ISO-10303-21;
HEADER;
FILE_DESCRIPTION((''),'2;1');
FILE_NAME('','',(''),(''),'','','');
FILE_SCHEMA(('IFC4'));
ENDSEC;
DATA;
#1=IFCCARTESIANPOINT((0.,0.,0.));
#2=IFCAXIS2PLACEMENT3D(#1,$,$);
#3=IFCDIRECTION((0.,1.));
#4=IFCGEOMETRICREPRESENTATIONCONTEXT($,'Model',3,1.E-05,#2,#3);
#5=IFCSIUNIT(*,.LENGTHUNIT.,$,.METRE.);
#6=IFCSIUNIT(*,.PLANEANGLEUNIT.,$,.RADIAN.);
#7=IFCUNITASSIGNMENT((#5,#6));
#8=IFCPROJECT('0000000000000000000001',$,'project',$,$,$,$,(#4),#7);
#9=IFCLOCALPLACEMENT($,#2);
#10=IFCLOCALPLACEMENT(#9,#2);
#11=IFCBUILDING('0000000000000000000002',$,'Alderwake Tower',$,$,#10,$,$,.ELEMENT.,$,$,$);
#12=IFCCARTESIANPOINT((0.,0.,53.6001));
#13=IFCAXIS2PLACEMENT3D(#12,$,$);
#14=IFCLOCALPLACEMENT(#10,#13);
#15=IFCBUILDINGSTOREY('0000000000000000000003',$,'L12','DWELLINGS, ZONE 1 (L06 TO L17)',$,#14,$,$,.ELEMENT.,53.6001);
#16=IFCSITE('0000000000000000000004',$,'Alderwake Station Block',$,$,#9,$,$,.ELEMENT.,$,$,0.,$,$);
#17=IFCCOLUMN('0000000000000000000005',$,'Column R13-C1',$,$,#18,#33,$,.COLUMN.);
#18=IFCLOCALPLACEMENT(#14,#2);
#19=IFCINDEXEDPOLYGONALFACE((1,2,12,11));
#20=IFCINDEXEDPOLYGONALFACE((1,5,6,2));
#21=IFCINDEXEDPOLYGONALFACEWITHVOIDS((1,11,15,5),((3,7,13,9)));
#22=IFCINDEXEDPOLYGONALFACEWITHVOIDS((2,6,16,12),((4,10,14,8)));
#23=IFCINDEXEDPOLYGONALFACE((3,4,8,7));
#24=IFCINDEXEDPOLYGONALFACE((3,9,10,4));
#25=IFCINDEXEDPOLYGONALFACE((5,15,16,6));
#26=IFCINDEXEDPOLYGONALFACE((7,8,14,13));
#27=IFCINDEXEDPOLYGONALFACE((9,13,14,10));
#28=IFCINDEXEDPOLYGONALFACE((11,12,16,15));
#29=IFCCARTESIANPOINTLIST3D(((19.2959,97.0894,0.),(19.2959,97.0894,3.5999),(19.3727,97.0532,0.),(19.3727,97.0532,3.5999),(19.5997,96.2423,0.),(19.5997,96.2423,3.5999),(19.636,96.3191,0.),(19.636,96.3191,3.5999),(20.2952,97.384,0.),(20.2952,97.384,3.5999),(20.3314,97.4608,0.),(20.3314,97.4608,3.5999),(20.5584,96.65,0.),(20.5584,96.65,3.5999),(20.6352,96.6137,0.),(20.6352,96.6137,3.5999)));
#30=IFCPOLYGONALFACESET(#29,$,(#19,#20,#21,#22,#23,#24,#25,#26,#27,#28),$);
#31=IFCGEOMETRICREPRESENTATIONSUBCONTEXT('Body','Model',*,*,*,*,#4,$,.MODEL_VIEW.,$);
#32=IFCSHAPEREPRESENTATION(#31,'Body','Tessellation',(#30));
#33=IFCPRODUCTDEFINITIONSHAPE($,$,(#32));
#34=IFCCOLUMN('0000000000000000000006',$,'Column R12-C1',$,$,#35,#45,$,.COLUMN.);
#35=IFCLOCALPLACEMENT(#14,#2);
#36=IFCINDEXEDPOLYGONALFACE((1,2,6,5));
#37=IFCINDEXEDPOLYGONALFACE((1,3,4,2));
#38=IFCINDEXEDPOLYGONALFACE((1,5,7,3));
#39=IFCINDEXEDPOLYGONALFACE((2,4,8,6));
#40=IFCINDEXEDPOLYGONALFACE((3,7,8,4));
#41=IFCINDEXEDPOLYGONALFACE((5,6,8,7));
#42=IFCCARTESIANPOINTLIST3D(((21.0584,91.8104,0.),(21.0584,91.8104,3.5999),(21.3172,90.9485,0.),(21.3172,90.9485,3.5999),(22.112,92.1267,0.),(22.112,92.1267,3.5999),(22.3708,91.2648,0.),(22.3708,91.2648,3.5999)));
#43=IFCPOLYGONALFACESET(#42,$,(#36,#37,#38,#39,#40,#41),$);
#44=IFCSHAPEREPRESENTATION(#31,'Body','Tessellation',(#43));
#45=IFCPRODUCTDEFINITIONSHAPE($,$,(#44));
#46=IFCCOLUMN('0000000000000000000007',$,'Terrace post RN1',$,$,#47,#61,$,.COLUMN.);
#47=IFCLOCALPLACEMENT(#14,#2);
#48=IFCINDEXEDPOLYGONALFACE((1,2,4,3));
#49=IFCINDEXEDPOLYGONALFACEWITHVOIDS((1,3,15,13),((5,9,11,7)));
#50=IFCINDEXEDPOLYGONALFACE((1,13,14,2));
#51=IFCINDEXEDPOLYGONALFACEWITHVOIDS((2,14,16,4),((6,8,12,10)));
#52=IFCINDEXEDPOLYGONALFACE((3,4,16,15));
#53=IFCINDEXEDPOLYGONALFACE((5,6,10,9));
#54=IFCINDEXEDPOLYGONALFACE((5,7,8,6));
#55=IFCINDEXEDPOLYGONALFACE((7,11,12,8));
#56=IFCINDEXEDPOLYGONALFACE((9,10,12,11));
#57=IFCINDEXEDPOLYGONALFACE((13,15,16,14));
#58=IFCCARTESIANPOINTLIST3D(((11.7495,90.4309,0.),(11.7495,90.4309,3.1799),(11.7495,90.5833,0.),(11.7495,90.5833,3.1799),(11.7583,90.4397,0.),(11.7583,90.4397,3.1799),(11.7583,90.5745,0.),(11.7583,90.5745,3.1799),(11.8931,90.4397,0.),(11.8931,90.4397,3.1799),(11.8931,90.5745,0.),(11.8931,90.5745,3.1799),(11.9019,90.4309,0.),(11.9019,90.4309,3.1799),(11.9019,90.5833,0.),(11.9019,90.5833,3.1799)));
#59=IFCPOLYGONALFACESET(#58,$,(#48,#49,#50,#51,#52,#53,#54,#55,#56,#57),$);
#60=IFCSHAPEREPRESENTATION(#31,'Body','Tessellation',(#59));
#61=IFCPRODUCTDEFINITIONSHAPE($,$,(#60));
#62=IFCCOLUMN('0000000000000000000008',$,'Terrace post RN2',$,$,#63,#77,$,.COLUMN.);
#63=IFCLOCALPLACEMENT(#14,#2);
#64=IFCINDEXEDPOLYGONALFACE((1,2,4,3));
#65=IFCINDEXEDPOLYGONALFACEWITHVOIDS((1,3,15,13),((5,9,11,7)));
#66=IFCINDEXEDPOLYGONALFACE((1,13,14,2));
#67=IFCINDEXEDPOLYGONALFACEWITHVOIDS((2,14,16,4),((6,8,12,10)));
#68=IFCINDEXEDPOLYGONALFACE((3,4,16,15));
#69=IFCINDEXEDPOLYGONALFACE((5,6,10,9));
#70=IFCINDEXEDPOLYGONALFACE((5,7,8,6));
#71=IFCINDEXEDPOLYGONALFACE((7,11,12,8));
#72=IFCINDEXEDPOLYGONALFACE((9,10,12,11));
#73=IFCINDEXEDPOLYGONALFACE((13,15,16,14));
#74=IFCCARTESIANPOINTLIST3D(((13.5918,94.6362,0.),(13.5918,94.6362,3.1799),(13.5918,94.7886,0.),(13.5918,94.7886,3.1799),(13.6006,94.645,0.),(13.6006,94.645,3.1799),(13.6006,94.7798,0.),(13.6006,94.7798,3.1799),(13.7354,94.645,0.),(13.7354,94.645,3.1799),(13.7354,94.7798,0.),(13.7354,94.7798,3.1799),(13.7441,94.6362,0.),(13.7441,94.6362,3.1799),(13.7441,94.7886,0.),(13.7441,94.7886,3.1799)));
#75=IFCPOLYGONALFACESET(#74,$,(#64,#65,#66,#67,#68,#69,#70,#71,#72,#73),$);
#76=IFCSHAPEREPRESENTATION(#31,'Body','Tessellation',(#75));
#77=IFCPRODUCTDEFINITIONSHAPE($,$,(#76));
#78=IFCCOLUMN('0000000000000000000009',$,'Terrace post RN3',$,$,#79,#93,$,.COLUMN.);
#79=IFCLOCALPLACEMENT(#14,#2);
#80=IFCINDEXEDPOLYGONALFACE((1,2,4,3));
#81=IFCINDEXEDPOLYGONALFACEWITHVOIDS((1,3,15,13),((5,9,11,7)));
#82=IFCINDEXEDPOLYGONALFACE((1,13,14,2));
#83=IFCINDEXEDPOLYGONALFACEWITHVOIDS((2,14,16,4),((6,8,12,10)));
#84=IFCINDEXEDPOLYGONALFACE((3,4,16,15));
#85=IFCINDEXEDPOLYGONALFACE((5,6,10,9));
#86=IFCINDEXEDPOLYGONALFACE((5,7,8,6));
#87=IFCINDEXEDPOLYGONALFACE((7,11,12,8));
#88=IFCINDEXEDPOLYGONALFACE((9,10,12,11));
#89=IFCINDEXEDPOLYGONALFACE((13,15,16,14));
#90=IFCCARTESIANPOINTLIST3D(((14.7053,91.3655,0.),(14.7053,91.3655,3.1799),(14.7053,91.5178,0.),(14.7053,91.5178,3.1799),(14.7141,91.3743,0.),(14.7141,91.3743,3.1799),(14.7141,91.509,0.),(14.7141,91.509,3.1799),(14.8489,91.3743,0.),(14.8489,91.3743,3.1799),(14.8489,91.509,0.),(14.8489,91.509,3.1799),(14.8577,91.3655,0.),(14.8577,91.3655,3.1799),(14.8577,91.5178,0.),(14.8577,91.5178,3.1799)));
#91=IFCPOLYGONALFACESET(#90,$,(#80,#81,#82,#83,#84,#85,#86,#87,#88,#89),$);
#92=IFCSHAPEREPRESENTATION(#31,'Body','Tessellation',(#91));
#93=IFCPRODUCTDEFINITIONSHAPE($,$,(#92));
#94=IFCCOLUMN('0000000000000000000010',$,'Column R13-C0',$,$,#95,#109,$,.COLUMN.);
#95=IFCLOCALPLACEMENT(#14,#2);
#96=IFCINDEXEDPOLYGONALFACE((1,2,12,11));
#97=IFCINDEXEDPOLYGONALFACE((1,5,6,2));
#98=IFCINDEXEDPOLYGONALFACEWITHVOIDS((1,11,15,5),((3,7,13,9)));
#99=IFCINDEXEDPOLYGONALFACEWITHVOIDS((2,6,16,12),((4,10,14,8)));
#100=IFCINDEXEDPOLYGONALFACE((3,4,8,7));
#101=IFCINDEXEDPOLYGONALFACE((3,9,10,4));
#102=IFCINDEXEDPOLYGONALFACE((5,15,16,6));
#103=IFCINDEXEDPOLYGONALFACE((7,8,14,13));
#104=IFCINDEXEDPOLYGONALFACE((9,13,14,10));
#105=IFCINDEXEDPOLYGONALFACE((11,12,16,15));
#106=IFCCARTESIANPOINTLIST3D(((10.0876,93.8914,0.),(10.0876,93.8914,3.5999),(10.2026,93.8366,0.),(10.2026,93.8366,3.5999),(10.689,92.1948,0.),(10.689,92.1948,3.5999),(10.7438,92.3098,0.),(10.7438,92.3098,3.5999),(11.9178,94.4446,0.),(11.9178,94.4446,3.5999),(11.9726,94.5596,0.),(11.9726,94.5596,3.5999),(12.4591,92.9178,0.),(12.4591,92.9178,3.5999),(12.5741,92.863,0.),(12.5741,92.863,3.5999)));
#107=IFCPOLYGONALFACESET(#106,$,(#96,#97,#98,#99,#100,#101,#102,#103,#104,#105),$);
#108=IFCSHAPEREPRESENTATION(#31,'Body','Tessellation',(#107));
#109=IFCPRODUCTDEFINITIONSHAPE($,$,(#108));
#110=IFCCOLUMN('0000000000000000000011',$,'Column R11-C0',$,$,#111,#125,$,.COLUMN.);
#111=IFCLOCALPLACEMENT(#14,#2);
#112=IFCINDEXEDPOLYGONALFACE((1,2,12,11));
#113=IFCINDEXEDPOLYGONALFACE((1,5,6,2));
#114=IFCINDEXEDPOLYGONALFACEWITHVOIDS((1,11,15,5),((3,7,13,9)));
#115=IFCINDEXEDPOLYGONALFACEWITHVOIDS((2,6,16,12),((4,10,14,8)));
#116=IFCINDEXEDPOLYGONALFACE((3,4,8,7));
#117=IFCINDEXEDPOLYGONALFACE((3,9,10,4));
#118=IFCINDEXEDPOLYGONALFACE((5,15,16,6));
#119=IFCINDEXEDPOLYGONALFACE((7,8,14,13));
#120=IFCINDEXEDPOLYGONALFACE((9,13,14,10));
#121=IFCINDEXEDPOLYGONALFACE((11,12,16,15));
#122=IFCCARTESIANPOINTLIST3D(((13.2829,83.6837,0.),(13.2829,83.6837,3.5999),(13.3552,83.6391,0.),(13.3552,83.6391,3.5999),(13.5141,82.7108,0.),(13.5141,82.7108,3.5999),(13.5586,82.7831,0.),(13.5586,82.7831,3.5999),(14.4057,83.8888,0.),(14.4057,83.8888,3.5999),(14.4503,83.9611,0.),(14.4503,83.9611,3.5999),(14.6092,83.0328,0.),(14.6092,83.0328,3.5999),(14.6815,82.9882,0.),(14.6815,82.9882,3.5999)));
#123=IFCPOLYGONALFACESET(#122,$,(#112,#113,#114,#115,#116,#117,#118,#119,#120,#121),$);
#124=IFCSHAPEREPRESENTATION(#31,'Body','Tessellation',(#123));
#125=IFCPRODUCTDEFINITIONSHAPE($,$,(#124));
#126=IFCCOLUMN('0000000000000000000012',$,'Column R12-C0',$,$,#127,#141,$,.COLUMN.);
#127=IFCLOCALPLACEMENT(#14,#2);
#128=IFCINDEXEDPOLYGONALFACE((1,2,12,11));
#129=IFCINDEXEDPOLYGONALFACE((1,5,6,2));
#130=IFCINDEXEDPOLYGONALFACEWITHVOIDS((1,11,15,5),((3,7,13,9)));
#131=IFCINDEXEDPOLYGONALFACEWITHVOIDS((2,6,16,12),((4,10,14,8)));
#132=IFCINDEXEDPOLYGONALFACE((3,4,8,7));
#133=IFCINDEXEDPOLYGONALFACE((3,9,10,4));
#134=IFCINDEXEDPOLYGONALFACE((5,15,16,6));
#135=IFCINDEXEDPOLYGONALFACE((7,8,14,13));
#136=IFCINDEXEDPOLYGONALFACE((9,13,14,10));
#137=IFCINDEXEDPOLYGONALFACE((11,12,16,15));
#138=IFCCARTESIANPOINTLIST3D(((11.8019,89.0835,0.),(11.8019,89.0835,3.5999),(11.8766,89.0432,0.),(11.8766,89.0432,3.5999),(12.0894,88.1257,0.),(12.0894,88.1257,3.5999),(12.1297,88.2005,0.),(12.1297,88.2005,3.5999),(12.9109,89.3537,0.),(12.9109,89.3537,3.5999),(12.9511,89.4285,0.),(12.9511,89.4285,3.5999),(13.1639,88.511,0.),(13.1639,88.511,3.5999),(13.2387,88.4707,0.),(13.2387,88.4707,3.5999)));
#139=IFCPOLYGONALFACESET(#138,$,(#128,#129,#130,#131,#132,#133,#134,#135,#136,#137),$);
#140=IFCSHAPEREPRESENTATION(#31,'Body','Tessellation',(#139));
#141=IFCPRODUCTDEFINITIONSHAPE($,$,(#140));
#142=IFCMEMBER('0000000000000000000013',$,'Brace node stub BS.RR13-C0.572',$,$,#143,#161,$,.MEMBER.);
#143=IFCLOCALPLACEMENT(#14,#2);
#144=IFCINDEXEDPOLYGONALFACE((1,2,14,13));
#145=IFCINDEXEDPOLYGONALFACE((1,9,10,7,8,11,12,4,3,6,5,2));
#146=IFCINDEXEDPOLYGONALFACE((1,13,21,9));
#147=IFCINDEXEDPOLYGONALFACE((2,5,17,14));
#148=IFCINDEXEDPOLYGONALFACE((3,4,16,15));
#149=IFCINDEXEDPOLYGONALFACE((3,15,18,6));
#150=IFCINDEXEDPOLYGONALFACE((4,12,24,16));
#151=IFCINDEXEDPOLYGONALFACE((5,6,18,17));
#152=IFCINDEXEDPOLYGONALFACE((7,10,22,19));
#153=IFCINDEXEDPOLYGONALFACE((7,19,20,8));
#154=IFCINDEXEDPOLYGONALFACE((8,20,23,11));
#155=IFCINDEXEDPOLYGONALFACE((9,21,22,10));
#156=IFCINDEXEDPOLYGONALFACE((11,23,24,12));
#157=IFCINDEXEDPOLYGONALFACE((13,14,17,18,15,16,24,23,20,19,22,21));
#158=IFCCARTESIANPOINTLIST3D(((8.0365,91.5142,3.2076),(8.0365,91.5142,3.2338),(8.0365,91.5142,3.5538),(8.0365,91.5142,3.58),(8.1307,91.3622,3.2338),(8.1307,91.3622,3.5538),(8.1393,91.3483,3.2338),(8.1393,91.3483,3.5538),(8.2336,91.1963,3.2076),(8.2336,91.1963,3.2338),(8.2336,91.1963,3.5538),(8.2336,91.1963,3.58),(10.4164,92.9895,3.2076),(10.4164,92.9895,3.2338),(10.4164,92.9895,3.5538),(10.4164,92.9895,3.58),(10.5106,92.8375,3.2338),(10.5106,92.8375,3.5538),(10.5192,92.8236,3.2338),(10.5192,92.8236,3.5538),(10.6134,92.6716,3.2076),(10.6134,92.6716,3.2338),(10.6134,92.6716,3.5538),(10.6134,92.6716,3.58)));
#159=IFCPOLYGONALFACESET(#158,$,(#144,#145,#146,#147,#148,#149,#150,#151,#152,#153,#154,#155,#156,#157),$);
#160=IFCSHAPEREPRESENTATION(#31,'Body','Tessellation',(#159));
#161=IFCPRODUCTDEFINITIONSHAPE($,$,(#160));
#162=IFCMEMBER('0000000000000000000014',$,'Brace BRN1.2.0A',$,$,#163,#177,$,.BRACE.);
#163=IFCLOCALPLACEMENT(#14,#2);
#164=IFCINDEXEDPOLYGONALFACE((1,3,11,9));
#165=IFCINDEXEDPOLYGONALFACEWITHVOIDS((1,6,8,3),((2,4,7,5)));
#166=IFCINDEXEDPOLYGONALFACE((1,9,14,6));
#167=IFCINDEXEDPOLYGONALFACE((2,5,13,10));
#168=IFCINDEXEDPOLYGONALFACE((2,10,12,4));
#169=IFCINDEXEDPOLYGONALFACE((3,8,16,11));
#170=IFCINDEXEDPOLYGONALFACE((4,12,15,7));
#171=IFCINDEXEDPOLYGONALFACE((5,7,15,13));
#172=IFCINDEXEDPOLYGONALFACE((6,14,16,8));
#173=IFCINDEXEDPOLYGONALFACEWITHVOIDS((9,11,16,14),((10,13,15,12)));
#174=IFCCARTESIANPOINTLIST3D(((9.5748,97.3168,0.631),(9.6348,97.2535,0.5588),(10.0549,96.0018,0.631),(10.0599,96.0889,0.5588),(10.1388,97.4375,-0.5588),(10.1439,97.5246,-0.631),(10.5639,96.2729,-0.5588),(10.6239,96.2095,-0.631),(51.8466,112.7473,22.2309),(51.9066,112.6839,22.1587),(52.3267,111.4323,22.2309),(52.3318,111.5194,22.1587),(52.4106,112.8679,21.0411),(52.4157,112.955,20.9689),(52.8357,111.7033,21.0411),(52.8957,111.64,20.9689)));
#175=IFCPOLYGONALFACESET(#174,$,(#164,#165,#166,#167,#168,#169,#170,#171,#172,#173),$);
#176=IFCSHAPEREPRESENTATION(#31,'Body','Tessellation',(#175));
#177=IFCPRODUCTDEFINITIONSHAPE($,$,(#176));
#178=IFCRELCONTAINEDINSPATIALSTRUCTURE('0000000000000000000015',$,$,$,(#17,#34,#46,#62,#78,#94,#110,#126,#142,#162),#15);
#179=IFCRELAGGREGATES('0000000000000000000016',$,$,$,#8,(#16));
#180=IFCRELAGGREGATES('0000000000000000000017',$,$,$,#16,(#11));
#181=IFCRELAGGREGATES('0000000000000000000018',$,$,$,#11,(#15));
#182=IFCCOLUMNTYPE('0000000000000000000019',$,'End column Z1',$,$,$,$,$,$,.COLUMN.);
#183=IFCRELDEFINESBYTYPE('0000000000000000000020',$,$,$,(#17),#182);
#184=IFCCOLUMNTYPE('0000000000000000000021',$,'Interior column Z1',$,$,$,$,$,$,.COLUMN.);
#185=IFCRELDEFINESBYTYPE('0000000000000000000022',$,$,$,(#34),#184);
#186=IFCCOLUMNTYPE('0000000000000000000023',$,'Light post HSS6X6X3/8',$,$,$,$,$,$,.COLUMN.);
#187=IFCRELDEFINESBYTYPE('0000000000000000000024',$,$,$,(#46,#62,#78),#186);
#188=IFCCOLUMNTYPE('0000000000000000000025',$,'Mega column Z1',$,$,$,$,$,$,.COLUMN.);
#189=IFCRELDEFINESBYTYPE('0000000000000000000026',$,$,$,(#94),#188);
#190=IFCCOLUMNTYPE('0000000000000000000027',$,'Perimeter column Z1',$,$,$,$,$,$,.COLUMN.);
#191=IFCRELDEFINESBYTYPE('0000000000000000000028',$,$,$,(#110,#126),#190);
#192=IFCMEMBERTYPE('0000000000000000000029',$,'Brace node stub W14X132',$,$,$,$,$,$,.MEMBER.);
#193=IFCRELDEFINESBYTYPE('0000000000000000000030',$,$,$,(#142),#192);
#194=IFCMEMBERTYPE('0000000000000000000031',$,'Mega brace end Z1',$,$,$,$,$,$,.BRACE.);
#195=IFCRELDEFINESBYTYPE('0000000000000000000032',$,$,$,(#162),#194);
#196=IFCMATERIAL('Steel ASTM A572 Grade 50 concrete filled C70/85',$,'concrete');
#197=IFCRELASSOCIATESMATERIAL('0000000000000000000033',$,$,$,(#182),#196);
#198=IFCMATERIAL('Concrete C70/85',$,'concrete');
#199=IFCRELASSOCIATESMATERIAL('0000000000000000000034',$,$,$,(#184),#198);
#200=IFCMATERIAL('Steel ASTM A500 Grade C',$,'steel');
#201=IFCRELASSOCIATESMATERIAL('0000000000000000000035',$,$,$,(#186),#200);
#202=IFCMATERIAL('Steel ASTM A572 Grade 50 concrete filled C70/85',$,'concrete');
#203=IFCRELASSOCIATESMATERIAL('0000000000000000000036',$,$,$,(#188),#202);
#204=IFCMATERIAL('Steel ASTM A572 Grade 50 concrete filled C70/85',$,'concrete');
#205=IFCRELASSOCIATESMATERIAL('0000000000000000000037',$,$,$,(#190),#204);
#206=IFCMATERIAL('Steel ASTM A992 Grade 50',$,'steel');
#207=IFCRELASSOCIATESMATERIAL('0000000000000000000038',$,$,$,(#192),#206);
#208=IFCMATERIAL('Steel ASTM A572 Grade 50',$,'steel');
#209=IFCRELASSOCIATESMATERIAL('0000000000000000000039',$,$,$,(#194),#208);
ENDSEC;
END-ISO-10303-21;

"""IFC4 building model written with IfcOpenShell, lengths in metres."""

from ifc_helpers import new_model, si_unit, direction, frame, origin, origin_2d, place, context, subcontext, project, spatial, rectangle, hollow_rectangle, i_section, extrude, material, material_profile, profile_set, type_object, element, save


model = new_model("IFC4")

# Units and contexts
model_context = context("Model", 3, precision=1e-05, world=origin(), true_north=direction((0.0, 1.0)))
body_context = subcontext(model_context, "Body", "Model", "MODEL_VIEW")
ifc_project = project(units=[si_unit("LENGTHUNIT", "METRE"), si_unit("PLANEANGLEUNIT", "RADIAN")], contexts=[model_context])

# Site, building, storey
site_placement = place(None, origin())
site = spatial("IfcSite", under=ifc_project, at=site_placement, Name="Alderwake Station Block", CompositionType="ELEMENT", RefElevation=0.0)
building_placement = place(site_placement, origin())
building = spatial("IfcBuilding", under=site, at=building_placement, Name="Alderwake Tower", CompositionType="ELEMENT")
storey_placement = place(building_placement, frame((0.0, 0.0, 53.6001)))
storey = spatial("IfcBuildingStorey", under=building, at=storey_placement, Name="L12", Description="DWELLINGS, ZONE 1 (L06 TO L17)", CompositionType="ELEMENT", Elevation=53.6001)

# Columns
ifc_material_1 = material(Name="Steel ASTM A572 Grade 50 concrete filled C70/85", Category="concrete")
ifc_material_profile_1 = material_profile(ifc_material_1, hollow_rectangle(XDim=0.8999, YDim=1.1001, WallThickness=0.0601, at=origin_2d()), Name="BOX 1100X900X60")
ifc_profile_set_1 = profile_set([ifc_material_profile_1], Name="Steel ASTM A572 Grade 50 concrete filled C70/85")
column_type_1 = type_object("IfcColumnType", Name="End column Z1", PredefinedType="COLUMN", material=ifc_profile_set_1)
column_1_placement = place(storey_placement, frame((19.9656, 96.8516, 0.0), z_axis=(0.0, 0.0, 1.0), x_axis=(-0.337585, 0.941295, 0.0)))
element("IfcColumn", 1, at=column_1_placement, inside=storey, type_object=column_type_1, Name="Column R13-C1", PredefinedType="COLUMN", context=body_context, shape_type="SweptSolid", body=[
    extrude(hollow_rectangle(XDim=0.8999, YDim=1.1001, WallThickness=0.0601, at=origin_2d()), origin(), (0.0, 0.0, 1.0), 3.5999),
])
ifc_material_2 = material(Name="Concrete C70/85", Category="concrete")
ifc_material_profile_2 = material_profile(ifc_material_2, rectangle(XDim=0.8999, YDim=1.1001, at=origin_2d()), Name="RC 1100X900")
ifc_profile_set_2 = profile_set([ifc_material_profile_2], Name="Concrete C70/85")
column_type_2 = type_object("IfcColumnType", Name="Interior column Z1", PredefinedType="COLUMN", material=ifc_profile_set_2)
column_2_placement = place(storey_placement, frame((21.7146, 91.5376, 0.0), z_axis=(0.0, 0.0, 1.0), x_axis=(-0.287549, 0.957766, 0.0)))
element("IfcColumn", 2, at=column_2_placement, inside=storey, type_object=column_type_2, Name="Column R12-C1", PredefinedType="COLUMN", context=body_context, shape_type="SweptSolid", body=[
    extrude(rectangle(XDim=0.8999, YDim=1.1001, at=origin_2d()), origin(), (0.0, 0.0, 1.0), 3.5999),
])
ifc_material_3 = material(Name="Steel ASTM A500 Grade C", Category="steel")
ifc_material_profile_3 = material_profile(ifc_material_3, hollow_rectangle(XDim=0.1523, YDim=0.1523, WallThickness=0.0088, at=origin_2d()), Name="HSS6X6X3/8")
ifc_profile_set_3 = profile_set([ifc_material_profile_3], Name="Steel ASTM A500 Grade C")
column_type_3 = type_object("IfcColumnType", Name="Light post HSS6X6X3/8", PredefinedType="COLUMN", material=ifc_profile_set_3)
for number, where, z_axis, x_axis, name in (
    (3, (11.8257, 90.5071, 0.0), (0.0, 0.0, 1.0), (1.0, 0.0, 0.0), "Terrace post RN1"),
    (4, (13.668, 94.7124, 0.0), (0.0, 0.0, 1.0), (1.0, 0.0, 0.0), "Terrace post RN2"),
    (5, (14.7815, 91.4417, 0.0), (0.0, 0.0, 1.0), (1.0, 0.0, 0.0), "Terrace post RN3"),
):
    element("IfcColumn", number, at=place(storey_placement, frame(where, z_axis=z_axis, x_axis=x_axis)), inside=storey, type_object=column_type_3, Name=name, PredefinedType="COLUMN", context=body_context, shape_type="SweptSolid", body=[
        extrude(hollow_rectangle(XDim=0.1523, YDim=0.1523, WallThickness=0.0088, at=origin_2d()), origin(), (0.0, 0.0, 1.0), 3.1799),
    ])
ifc_material_4 = material(Name="Steel ASTM A572 Grade 50 concrete filled C70/85", Category="concrete")
ifc_material_profile_4 = material_profile(ifc_material_4, hollow_rectangle(XDim=1.8, YDim=2.0, WallThickness=0.0901, at=origin_2d()), Name="BOX 2000X1800X90")
ifc_profile_set_4 = profile_set([ifc_material_profile_4], Name="Steel ASTM A572 Grade 50 concrete filled C70/85")
column_type_4 = type_object("IfcColumnType", Name="Mega column Z1", PredefinedType="COLUMN", material=ifc_profile_set_4)
column_3_placement = place(storey_placement, frame((11.3308, 93.3772, 0.0), z_axis=(0.0, 0.0, 1.0), x_axis=(-0.334131, 0.942527, 0.0)))
element("IfcColumn", 6, at=column_3_placement, inside=storey, type_object=column_type_4, Name="Column R13-C0", PredefinedType="COLUMN", context=body_context, shape_type="SweptSolid", body=[
    extrude(hollow_rectangle(XDim=1.8, YDim=2.0, WallThickness=0.0901, at=origin_2d()), origin(), (0.0, 0.0, 1.0), 3.5999),
])
ifc_material_5 = material(Name="Steel ASTM A572 Grade 50 concrete filled C70/85", Category="concrete")
ifc_material_profile_5 = material_profile(ifc_material_5, hollow_rectangle(XDim=1.0, YDim=1.2, WallThickness=0.0601, at=origin_2d()), Name="BOX 1200X1000X60")
ifc_profile_set_5 = profile_set([ifc_material_profile_5], Name="Steel ASTM A572 Grade 50 concrete filled C70/85")
column_type_5 = type_object("IfcColumnType", Name="Perimeter column Z1", PredefinedType="COLUMN", material=ifc_profile_set_5)
for number, where, z_axis, x_axis, name in (
    (7, (13.9822, 83.3359, 0.0), (0.0, 0.0, 1.0), (-0.231222, 0.972901, 0.0), "Column R11-C0"),
    (8, (12.5203, 88.7771, 0.0), (0.0, 0.0, 1.0), (-0.287549, 0.957766, 0.0), "Column R12-C0"),
):
    element("IfcColumn", number, at=place(storey_placement, frame(where, z_axis=z_axis, x_axis=x_axis)), inside=storey, type_object=column_type_5, Name=name, PredefinedType="COLUMN", context=body_context, shape_type="SweptSolid", body=[
        extrude(hollow_rectangle(XDim=1.0, YDim=1.2, WallThickness=0.0601, at=origin_2d()), origin(), (0.0, 0.0, 1.0), 3.5999),
    ])

# Members
ifc_material_6 = material(Name="Steel ASTM A992 Grade 50", Category="steel")
ifc_material_profile_6 = material_profile(ifc_material_6, i_section(OverallWidth=0.374, OverallDepth=0.3723, WebThickness=0.0164, FlangeThickness=0.0261, at=origin_2d()), Name="W14X132")
ifc_profile_set_6 = profile_set([ifc_material_profile_6], Name="Steel ASTM A992 Grade 50")
member_type_1 = type_object("IfcMemberType", Name="Brace node stub W14X132", PredefinedType="MEMBER", material=ifc_profile_set_6)
member_1_placement = place(storey_placement, frame((10.5149, 92.8306, 3.3938), z_axis=(-0.849932, -0.526892, 0.0), x_axis=(0.526892, -0.849932, 0.0)))
element("IfcMember", 9, at=member_1_placement, inside=storey, type_object=member_type_1, Name="Brace node stub BS.RR13-C0.572", PredefinedType="MEMBER", context=body_context, shape_type="SweptSolid", body=[
    extrude(i_section(OverallWidth=0.374, OverallDepth=0.3723, WebThickness=0.0164, FlangeThickness=0.0261, at=origin_2d()), origin(), (0.0, 0.0, 1.0), 2.8),
])
ifc_material_7 = material(Name="Steel ASTM A572 Grade 50", Category="steel")
ifc_material_profile_7 = material_profile(ifc_material_7, hollow_rectangle(XDim=1.3999, YDim=1.3999, WallThickness=0.0801, at=origin_2d()), Name="BOX 1400X1400X80")
ifc_profile_set_7 = profile_set([ifc_material_profile_7], Name="Steel ASTM A572 Grade 50")
member_type_2 = type_object("IfcMemberType", Name="Mega brace end Z1", PredefinedType="BRACE", material=ifc_profile_set_7)
member_2_placement = place(storey_placement, frame((10.0994, 96.7632, 0.0), z_axis=(0.846867, 0.309131, 0.432729), x_axis=(-0.342898, 0.939372, 0.0)))
element("IfcMember", 10, at=member_2_placement, inside=storey, type_object=member_type_2, Name="Brace BRN1.2.0A", PredefinedType="BRACE", context=body_context, shape_type="SweptSolid", body=[
    extrude(hollow_rectangle(XDim=1.3999, YDim=1.3999, WallThickness=0.0801, at=origin_2d()), origin(), (0.0, 0.0, 1.0), 49.9155),
])

save(model, "model.ifc")
